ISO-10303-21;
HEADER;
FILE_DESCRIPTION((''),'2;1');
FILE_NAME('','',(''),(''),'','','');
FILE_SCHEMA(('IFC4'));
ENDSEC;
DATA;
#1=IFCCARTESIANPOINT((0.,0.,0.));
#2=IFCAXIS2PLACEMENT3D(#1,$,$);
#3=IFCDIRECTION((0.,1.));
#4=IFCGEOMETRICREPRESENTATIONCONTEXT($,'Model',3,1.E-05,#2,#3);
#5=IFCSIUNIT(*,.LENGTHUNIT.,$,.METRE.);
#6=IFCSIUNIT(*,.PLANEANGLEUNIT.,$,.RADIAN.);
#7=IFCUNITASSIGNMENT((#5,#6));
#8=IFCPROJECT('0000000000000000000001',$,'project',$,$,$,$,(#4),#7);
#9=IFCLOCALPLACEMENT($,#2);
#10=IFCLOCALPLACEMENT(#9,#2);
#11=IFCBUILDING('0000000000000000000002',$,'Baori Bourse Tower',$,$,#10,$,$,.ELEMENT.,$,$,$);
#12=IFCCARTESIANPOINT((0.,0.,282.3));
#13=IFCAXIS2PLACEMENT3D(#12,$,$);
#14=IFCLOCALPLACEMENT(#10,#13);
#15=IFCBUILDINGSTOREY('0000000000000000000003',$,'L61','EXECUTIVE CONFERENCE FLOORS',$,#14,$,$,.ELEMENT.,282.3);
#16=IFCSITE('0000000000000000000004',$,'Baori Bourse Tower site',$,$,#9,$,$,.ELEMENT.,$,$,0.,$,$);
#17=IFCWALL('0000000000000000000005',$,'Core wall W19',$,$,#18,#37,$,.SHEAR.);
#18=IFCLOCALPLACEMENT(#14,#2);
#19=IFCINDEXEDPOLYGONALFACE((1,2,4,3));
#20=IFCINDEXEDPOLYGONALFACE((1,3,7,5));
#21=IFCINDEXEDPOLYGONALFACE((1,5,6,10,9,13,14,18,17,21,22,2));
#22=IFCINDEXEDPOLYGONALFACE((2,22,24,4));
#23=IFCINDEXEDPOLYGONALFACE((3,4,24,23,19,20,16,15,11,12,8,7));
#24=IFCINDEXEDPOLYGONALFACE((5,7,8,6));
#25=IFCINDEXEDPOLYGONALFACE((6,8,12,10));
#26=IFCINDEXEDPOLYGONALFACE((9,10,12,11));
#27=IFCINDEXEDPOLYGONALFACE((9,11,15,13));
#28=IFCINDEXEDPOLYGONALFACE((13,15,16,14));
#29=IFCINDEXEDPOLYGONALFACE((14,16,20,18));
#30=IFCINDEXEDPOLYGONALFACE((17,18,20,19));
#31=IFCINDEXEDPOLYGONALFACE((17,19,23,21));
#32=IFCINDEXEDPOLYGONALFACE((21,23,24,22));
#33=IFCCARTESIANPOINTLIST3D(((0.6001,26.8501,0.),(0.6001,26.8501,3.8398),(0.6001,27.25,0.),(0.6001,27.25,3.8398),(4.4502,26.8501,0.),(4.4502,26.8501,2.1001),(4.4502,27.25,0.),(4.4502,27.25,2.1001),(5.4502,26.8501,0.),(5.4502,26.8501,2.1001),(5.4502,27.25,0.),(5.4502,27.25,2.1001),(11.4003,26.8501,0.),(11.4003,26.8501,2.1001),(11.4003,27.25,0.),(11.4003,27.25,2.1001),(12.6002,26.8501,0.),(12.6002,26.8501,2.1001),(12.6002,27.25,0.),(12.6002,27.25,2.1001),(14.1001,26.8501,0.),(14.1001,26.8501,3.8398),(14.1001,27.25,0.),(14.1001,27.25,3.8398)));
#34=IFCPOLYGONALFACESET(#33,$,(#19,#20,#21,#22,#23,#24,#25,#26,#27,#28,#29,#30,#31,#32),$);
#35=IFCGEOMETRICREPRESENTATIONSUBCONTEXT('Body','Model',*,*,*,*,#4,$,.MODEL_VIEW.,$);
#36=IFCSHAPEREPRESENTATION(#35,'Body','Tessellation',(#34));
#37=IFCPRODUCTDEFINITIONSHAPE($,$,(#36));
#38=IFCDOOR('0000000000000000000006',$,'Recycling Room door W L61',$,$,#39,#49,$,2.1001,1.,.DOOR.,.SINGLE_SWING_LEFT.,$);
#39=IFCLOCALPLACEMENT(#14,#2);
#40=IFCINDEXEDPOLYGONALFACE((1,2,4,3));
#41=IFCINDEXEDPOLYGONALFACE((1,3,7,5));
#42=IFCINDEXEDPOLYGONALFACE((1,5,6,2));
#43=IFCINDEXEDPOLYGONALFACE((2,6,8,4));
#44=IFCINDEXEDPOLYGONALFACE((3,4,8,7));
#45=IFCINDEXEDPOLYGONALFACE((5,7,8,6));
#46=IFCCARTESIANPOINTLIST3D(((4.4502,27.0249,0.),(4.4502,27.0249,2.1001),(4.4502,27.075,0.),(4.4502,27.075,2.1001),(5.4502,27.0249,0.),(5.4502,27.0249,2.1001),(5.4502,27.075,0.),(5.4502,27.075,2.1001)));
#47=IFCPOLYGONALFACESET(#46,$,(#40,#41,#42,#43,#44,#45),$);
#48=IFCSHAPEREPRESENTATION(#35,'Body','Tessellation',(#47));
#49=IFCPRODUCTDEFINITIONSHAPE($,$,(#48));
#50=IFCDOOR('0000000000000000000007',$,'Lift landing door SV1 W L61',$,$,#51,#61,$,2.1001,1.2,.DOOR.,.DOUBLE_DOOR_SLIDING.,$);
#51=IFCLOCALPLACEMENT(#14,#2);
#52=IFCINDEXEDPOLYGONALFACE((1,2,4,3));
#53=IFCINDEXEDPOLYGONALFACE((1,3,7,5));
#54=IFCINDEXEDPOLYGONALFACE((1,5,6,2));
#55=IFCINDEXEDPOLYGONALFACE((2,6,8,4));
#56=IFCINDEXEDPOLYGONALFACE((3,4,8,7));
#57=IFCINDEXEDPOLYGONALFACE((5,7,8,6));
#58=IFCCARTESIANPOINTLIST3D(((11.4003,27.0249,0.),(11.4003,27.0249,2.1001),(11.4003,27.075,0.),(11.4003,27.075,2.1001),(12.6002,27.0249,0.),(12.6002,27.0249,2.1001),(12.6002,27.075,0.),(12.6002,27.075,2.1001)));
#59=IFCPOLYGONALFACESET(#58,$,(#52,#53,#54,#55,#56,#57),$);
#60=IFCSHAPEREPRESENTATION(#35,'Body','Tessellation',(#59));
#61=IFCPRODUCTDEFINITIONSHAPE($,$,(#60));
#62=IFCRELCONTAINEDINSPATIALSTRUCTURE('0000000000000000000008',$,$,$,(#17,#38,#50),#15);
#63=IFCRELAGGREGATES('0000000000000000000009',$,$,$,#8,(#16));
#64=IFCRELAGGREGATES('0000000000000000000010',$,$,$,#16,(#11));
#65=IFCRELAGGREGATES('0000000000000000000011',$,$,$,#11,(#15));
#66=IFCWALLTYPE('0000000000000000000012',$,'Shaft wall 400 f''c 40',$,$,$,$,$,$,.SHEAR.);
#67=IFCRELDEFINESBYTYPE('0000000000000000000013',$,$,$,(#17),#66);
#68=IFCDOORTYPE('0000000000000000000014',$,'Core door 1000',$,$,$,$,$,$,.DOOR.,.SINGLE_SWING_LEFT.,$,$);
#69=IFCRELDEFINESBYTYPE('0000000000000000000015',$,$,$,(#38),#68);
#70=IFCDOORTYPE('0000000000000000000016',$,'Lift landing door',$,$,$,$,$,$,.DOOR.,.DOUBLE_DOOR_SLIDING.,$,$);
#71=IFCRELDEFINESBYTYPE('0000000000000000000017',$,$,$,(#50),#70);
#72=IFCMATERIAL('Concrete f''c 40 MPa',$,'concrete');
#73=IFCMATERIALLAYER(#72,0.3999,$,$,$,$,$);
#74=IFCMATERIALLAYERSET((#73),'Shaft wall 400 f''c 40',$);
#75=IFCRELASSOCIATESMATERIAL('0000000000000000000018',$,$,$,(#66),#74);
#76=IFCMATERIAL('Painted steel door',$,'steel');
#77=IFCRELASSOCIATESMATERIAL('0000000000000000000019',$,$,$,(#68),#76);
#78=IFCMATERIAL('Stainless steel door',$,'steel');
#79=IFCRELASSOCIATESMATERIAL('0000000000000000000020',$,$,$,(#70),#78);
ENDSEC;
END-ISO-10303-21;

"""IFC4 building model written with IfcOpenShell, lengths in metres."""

from ifc_helpers import new_model, si_unit, direction, frame, frame_2d, origin, place, context, subcontext, project, spatial, rectangle, extrude, material, layer, layer_set, type_object, element, fill, save


model = new_model("IFC4")

# Units and contexts
model_context = context("Model", 3, precision=1e-05, world=origin(), true_north=direction((0.0, 1.0)))
body_context = subcontext(model_context, "Body", "Model", "MODEL_VIEW")
ifc_project = project(units=[si_unit("LENGTHUNIT", "METRE"), si_unit("PLANEANGLEUNIT", "RADIAN")], contexts=[model_context])

# Site, building, storey
site_placement = place(None, origin())
site = spatial("IfcSite", under=ifc_project, at=site_placement, Name="Baori Bourse Tower site", CompositionType="ELEMENT", RefElevation=0.0)
building_placement = place(site_placement, origin())
building = spatial("IfcBuilding", under=site, at=building_placement, Name="Baori Bourse Tower", CompositionType="ELEMENT")
storey_placement = place(building_placement, frame((0.0, 0.0, 282.3)))
storey = spatial("IfcBuildingStorey", under=building, at=storey_placement, Name="L61", Description="EXECUTIVE CONFERENCE FLOORS", CompositionType="ELEMENT", Elevation=282.3)

# Wall, openings, doors
ifc_material_1 = material(Name="Concrete f'c 40 MPa", Category="concrete")
ifc_layer_1 = layer(ifc_material_1, 0.3999)
ifc_layer_set_1 = layer_set([ifc_layer_1], Name="Shaft wall 400 f'c 40")
wall_type_1 = type_object("IfcWallType", Name="Shaft wall 400 f'c 40", PredefinedType="SHEAR", material=ifc_layer_set_1)
wall_1_placement = place(storey_placement, frame((0.6001, 27.05, 0.0), z_axis=(0.0, 0.0, 1.0), x_axis=(1.0, 0.0, 0.0)))
wall_1 = element("IfcWall", 1, at=wall_1_placement, inside=storey, type_object=wall_type_1, Name="Core wall W19", PredefinedType="SHEAR", context=body_context, shape_type="SweptSolid", body=[
    extrude(rectangle(XDim=13.5, YDim=0.3999, at=frame_2d((6.75, 0.0))), origin(), (0.0, 0.0, 1.0), 3.8398),
])
opening_1_placement = place(wall_1_placement, frame((3.8501, 0.0, 0.0)))
opening_1 = element("IfcOpeningElement", 2, at=opening_1_placement, cuts=wall_1, PredefinedType="OPENING", context=body_context, shape_type="SweptSolid", body=[
    extrude(rectangle(XDim=1.0, YDim=2.1001, at=frame_2d((0.5, 1.05))), frame((0.0, 0.21, 0.0), z_axis=(0.0, -1.0, 0.0), x_axis=(1.0, 0.0, 0.0)), (0.0, 0.0, 1.0), 0.4199),
])
opening_2_placement = place(wall_1_placement, frame((10.8, 0.0, 0.0)))
opening_2 = element("IfcOpeningElement", 3, at=opening_2_placement, cuts=wall_1, PredefinedType="OPENING", context=body_context, shape_type="SweptSolid", body=[
    extrude(rectangle(XDim=1.2, YDim=2.1001, at=frame_2d((0.6001, 1.05))), frame((0.0, 0.21, 0.0), z_axis=(0.0, -1.0, 0.0), x_axis=(1.0, 0.0, 0.0)), (0.0, 0.0, 1.0), 0.4199),
])
ifc_material_2 = material(Name="Painted steel door", Category="steel")
door_type_1 = type_object("IfcDoorType", Name="Core door 1000", OperationType="SINGLE_SWING_LEFT", PredefinedType="DOOR", material=ifc_material_2)
door_1_placement = place(opening_1_placement, origin())
door_1 = element("IfcDoor", 4, at=door_1_placement, inside=storey, type_object=door_type_1, Name="Recycling Room door W L61", OperationType="SINGLE_SWING_LEFT", OverallHeight=2.1001, OverallWidth=1.0, PredefinedType="DOOR", context=body_context, shape_type="SweptSolid", body=[
    extrude(rectangle(XDim=1.0, YDim=2.1001, at=frame_2d((0.5, 1.05))), frame((0.0, 0.0249, 0.0), z_axis=(0.0, -1.0, 0.0), x_axis=(1.0, 0.0, 0.0)), (0.0, 0.0, 1.0), 0.05),
])
fill(opening_1, door_1)
ifc_material_3 = material(Name="Stainless steel door", Category="steel")
door_type_2 = type_object("IfcDoorType", Name="Lift landing door", OperationType="DOUBLE_DOOR_SLIDING", PredefinedType="DOOR", material=ifc_material_3)
door_2_placement = place(opening_2_placement, origin())
door_2 = element("IfcDoor", 5, at=door_2_placement, inside=storey, type_object=door_type_2, Name="Lift landing door SV1 W L61", OperationType="DOUBLE_DOOR_SLIDING", OverallHeight=2.1001, OverallWidth=1.2, PredefinedType="DOOR", context=body_context, shape_type="SweptSolid", body=[
    extrude(rectangle(XDim=1.2, YDim=2.1001, at=frame_2d((0.6001, 1.05))), frame((0.0, 0.0249, 0.0), z_axis=(0.0, -1.0, 0.0), x_axis=(1.0, 0.0, 0.0)), (0.0, 0.0, 1.0), 0.05),
])
fill(opening_2, door_2)

save(model, "model.ifc")
